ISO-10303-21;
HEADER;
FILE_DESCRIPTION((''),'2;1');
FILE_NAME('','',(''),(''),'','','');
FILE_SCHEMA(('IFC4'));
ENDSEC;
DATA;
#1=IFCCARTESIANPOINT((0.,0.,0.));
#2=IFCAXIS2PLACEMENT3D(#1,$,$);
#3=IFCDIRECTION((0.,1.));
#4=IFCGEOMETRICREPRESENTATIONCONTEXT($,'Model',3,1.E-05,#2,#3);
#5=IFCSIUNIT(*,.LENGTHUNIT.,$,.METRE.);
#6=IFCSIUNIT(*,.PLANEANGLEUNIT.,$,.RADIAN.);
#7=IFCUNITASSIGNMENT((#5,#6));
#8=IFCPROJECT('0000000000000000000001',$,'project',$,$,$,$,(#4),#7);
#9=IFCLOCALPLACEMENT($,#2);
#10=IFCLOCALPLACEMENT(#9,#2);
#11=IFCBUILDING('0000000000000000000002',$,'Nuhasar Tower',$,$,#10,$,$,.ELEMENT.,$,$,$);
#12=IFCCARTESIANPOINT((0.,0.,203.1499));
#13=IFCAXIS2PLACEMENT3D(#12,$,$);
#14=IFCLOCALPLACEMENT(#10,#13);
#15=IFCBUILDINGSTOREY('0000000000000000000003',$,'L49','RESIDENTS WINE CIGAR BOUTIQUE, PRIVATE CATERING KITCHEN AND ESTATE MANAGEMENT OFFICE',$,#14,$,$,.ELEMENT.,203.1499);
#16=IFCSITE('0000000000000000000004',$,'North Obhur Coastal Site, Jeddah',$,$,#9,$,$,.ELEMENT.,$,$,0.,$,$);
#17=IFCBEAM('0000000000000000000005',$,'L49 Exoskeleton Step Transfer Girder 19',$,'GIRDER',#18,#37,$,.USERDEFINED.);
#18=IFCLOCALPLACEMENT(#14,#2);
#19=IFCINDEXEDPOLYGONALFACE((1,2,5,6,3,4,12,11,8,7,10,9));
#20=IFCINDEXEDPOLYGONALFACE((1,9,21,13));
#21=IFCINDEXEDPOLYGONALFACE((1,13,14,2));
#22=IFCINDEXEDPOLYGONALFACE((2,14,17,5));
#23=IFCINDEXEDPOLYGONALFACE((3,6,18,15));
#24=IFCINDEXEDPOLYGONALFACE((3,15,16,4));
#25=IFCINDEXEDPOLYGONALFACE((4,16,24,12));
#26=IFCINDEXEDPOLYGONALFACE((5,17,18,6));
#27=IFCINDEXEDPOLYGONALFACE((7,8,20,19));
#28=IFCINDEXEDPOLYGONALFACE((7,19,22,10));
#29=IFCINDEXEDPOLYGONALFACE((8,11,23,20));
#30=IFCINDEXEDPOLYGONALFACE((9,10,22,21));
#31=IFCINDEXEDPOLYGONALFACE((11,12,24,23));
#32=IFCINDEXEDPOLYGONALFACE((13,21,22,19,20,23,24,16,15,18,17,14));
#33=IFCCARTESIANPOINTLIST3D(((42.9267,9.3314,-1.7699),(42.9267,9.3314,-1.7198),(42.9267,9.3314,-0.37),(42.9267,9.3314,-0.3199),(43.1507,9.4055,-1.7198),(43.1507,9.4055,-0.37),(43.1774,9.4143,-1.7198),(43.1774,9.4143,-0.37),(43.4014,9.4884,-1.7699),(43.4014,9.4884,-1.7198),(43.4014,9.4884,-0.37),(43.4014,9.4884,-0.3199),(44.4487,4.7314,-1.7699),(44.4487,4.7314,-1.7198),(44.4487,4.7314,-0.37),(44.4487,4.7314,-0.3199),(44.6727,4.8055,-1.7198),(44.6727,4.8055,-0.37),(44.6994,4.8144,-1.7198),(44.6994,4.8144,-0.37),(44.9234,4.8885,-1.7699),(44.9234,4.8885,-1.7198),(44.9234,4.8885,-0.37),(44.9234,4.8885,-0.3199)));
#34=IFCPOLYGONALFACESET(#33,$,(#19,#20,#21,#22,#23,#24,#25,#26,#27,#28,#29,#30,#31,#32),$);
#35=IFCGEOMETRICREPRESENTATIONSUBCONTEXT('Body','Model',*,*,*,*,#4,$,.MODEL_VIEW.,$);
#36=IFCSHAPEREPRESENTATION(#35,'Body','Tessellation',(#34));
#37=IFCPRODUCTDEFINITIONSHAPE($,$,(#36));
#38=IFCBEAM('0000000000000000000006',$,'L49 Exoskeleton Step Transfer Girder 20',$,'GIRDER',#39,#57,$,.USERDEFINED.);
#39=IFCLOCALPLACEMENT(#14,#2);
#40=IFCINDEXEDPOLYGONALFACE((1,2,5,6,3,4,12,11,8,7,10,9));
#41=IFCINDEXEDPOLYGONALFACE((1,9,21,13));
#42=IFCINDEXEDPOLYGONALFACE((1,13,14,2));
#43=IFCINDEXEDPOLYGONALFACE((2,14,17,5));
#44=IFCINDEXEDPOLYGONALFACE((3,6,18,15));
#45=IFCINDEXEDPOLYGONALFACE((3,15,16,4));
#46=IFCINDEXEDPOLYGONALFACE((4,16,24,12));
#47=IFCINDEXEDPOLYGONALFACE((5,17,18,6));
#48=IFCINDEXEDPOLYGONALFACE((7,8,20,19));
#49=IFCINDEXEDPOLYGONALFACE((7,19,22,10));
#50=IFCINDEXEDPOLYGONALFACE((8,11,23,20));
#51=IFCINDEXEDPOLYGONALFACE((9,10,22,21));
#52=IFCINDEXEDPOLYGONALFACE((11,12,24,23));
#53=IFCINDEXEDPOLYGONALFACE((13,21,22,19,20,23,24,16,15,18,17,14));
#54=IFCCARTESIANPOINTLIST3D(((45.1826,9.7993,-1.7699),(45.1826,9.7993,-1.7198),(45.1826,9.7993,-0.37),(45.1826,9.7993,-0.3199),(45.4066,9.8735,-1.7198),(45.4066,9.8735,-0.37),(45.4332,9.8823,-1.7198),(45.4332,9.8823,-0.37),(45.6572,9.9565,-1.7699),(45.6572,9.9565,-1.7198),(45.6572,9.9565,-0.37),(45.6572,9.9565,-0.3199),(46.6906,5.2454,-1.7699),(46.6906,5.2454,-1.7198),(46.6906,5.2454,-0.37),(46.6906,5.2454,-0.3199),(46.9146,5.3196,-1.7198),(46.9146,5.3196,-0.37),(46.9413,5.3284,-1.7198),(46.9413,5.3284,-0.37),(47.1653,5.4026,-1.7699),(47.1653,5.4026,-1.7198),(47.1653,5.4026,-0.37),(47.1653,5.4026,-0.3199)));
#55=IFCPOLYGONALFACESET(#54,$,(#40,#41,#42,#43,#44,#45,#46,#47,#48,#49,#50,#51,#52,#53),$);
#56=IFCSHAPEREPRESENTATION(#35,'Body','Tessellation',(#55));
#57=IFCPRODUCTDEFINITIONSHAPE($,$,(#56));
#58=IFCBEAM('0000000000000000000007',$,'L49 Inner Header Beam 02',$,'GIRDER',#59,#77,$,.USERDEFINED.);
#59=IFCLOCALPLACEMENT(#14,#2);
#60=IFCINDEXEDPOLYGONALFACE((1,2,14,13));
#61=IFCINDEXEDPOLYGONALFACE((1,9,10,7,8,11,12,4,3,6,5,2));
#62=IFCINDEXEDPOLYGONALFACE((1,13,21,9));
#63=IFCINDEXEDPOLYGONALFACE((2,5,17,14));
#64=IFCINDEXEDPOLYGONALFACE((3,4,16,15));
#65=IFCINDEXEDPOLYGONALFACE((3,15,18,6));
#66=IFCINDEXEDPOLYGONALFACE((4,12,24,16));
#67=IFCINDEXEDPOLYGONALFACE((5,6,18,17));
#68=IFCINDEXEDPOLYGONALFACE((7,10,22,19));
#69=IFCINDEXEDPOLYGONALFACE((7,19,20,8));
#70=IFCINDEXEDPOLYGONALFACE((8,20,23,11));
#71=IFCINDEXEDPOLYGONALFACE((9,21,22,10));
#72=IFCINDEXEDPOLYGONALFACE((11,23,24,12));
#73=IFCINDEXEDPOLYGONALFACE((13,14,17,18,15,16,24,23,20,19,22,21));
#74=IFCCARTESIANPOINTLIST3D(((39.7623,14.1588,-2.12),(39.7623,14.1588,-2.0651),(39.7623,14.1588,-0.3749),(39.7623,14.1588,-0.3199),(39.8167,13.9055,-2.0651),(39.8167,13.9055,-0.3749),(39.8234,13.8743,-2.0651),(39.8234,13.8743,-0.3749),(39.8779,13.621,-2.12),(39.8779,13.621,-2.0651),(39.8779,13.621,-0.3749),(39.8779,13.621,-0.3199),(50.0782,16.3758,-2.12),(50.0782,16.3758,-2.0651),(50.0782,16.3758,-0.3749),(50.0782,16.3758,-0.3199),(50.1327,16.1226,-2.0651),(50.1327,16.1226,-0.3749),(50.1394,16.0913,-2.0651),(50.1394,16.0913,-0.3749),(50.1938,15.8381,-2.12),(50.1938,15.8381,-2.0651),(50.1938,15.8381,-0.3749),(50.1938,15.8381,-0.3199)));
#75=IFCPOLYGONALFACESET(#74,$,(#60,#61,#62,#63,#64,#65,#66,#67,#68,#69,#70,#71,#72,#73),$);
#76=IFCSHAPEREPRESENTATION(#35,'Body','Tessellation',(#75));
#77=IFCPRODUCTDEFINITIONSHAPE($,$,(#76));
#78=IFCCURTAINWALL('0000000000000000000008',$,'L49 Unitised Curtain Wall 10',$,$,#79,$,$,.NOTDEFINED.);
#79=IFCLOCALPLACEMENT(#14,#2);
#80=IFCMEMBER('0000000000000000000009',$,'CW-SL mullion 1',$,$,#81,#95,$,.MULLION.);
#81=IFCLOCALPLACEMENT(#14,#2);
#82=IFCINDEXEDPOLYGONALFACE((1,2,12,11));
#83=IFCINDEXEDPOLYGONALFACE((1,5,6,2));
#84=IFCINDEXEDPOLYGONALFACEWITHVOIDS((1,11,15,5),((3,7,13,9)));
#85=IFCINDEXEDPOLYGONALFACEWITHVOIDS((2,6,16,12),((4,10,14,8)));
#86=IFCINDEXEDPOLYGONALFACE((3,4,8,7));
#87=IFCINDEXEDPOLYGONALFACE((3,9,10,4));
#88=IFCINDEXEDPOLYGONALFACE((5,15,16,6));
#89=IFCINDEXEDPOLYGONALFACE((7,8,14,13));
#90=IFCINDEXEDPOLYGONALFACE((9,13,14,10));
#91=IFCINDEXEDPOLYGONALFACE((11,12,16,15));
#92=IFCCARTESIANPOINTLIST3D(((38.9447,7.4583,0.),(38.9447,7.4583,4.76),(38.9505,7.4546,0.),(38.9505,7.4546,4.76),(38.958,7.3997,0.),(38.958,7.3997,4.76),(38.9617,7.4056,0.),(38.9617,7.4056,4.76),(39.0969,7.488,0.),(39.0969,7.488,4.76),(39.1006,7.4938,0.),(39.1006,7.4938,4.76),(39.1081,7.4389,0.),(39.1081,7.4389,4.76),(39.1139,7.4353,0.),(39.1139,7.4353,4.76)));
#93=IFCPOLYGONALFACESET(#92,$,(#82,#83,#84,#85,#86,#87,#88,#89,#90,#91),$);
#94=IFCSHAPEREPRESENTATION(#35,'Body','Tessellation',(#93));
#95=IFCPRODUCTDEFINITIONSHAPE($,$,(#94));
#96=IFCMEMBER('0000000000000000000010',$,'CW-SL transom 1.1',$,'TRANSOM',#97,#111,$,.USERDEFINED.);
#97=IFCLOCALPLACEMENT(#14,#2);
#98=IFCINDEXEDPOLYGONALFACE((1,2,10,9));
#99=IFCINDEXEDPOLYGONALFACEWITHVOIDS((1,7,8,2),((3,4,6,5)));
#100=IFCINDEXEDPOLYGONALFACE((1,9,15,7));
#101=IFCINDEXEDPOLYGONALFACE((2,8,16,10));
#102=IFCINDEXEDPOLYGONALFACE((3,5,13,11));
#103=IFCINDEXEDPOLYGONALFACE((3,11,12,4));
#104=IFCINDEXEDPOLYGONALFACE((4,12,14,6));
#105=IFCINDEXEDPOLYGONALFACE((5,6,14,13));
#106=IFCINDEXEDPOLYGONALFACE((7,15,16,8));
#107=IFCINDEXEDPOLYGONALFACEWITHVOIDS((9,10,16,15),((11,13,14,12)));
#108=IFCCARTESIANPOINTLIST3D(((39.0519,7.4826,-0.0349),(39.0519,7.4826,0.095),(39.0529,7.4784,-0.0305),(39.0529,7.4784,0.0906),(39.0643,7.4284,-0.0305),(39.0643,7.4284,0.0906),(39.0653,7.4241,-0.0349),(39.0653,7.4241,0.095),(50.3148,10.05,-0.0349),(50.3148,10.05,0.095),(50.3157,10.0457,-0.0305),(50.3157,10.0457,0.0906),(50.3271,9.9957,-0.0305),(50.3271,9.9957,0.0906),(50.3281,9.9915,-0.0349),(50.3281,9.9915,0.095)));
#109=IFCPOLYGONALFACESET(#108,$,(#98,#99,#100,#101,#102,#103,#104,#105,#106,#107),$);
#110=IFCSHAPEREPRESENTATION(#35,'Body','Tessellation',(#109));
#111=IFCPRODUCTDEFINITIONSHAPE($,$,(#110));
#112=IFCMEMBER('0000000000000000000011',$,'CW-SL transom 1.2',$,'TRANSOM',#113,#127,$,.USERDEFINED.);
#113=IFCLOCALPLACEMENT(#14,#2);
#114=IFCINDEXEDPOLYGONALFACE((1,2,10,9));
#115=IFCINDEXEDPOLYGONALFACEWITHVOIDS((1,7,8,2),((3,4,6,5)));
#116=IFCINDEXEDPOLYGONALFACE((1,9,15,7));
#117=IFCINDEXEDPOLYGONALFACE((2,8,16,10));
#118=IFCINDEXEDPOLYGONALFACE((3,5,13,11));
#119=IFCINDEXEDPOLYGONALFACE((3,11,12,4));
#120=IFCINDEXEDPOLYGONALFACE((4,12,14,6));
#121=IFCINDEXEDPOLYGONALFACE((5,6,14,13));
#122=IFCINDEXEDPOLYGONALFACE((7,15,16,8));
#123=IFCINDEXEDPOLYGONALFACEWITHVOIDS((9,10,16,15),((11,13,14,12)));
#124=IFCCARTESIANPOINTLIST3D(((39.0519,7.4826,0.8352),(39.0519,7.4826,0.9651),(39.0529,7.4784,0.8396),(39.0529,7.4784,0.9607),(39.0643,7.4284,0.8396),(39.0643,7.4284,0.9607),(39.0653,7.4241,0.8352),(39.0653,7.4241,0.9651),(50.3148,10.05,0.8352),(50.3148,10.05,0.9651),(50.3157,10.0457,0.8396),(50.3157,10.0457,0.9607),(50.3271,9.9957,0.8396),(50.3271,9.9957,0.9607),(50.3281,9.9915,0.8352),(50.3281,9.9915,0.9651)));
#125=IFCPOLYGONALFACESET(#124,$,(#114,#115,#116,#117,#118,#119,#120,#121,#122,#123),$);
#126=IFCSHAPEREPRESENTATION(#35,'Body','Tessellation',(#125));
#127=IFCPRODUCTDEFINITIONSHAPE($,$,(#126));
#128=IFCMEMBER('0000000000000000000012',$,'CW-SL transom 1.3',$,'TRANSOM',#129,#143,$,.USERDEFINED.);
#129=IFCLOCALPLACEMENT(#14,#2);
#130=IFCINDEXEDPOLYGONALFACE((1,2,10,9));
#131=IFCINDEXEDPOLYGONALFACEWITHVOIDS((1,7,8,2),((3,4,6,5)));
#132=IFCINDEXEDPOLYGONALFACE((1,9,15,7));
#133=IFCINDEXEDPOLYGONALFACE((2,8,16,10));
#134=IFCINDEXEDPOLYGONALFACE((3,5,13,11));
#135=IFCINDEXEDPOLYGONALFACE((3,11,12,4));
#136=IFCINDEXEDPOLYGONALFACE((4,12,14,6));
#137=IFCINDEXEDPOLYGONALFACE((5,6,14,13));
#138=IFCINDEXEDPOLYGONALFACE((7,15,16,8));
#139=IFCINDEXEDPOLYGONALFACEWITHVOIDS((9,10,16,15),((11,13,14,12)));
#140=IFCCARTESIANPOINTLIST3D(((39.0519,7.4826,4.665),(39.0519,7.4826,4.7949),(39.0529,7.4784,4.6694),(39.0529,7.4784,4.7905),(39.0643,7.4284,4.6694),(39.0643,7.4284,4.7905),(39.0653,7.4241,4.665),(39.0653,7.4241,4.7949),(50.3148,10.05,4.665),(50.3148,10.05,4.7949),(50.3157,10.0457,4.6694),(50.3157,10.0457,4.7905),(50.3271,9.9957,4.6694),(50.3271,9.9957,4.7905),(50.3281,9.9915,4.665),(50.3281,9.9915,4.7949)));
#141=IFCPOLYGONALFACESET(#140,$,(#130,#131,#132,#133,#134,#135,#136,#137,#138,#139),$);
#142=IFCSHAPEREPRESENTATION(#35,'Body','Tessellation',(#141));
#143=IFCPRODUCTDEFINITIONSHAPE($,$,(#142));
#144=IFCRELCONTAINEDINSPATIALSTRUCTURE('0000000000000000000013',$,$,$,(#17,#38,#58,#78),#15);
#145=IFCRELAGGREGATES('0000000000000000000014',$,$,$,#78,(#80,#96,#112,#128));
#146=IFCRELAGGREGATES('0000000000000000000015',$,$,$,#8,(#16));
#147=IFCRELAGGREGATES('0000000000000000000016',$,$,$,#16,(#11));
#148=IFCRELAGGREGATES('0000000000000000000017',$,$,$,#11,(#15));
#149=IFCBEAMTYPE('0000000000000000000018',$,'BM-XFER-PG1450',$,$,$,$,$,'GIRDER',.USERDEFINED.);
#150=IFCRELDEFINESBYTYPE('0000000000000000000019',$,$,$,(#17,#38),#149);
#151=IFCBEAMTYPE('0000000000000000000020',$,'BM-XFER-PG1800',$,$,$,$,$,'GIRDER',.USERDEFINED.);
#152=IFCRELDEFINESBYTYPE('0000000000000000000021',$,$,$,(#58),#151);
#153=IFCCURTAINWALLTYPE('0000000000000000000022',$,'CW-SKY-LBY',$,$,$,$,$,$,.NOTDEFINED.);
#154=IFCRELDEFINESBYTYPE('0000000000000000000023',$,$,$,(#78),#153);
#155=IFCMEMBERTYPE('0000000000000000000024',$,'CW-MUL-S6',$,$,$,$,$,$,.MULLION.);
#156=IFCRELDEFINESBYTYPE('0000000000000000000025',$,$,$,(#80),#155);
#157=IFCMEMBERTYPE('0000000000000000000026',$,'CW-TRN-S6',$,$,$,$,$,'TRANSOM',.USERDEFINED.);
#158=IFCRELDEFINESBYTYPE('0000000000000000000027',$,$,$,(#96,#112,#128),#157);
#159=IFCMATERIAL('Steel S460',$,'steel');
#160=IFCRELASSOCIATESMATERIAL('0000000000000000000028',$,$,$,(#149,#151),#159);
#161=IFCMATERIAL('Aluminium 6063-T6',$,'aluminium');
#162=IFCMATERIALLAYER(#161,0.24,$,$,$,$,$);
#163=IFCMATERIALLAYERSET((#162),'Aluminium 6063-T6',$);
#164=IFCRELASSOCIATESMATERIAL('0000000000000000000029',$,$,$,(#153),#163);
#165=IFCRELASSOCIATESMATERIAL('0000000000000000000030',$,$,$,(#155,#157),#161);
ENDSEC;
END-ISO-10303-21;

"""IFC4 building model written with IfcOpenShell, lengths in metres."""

from ifc_helpers import new_model, si_unit, direction, frame, origin, origin_2d, place, context, subcontext, project, spatial, hollow_rectangle, i_section, extrude, material, layer, layer_set, material_profile, profile_set, type_object, element, aggregate, save


model = new_model("IFC4")

# Units and contexts
model_context = context("Model", 3, precision=1e-05, world=origin(), true_north=direction((0.0, 1.0)))
body_context = subcontext(model_context, "Body", "Model", "MODEL_VIEW")
ifc_project = project(units=[si_unit("LENGTHUNIT", "METRE"), si_unit("PLANEANGLEUNIT", "RADIAN")], contexts=[model_context])

# Site, building, storey
site_placement = place(None, origin())
site = spatial("IfcSite", under=ifc_project, at=site_placement, Name="North Obhur Coastal Site, Jeddah", CompositionType="ELEMENT", RefElevation=0.0)
building_placement = place(site_placement, origin())
building = spatial("IfcBuilding", under=site, at=building_placement, Name="Nuhasar Tower", CompositionType="ELEMENT")
storey_placement = place(building_placement, frame((0.0, 0.0, 203.1499)))
storey = spatial("IfcBuildingStorey", under=building, at=storey_placement, Name="L49", Description="RESIDENTS WINE CIGAR BOUTIQUE, PRIVATE CATERING KITCHEN AND ESTATE MANAGEMENT OFFICE", CompositionType="ELEMENT", Elevation=203.1499)

# Beams
ifc_material_1 = material(Name="Steel S460", Category="steel")
ifc_material_profile_1 = material_profile(ifc_material_1, i_section(OverallWidth=0.5, OverallDepth=1.45, WebThickness=0.0281, FlangeThickness=0.05, at=origin_2d()), Name="PG1450X500")
ifc_profile_set_1 = profile_set([ifc_material_profile_1], Name="Steel S460")
beam_type_1 = type_object("IfcBeamType", Name="BM-XFER-PG1450", ElementType="GIRDER", PredefinedType="USERDEFINED", material=ifc_profile_set_1)
beam_1_placement = place(storey_placement, frame((43.1641, 9.4099, -1.0449), z_axis=(0.314126, -0.949381, 0.0), x_axis=(0.949381, 0.314126, 0.0)))
element("IfcBeam", 1, at=beam_1_placement, inside=storey, type_object=beam_type_1, Name="L49 Exoskeleton Step Transfer Girder 19", ObjectType="GIRDER", PredefinedType="USERDEFINED", context=body_context, shape_type="SweptSolid", body=[
    extrude(i_section(OverallWidth=0.5, OverallDepth=1.45, WebThickness=0.0281, FlangeThickness=0.05, at=origin_2d()), origin(), (0.0, 0.0, 1.0), 4.8452),
])
beam_2_placement = place(storey_placement, frame((45.4199, 9.8779, -1.0449), z_axis=(0.314364, -0.949302, 0.0), x_axis=(0.949302, 0.314364, 0.0)))
element("IfcBeam", 2, at=beam_2_placement, inside=storey, type_object=beam_type_1, Name="L49 Exoskeleton Step Transfer Girder 20", ObjectType="GIRDER", PredefinedType="USERDEFINED", context=body_context, shape_type="SweptSolid", body=[
    extrude(i_section(OverallWidth=0.5, OverallDepth=1.45, WebThickness=0.0281, FlangeThickness=0.05, at=origin_2d()), origin(), (0.0, 0.0, 1.0), 4.7971),
])
ifc_material_profile_2 = material_profile(ifc_material_1, i_section(OverallWidth=0.55, OverallDepth=1.8, WebThickness=0.032, FlangeThickness=0.0549, at=origin_2d()), Name="PG1800X550")
ifc_profile_set_2 = profile_set([ifc_material_profile_2], Name="Steel S460")
beam_type_2 = type_object("IfcBeamType", Name="BM-XFER-PG1800", ElementType="GIRDER", PredefinedType="USERDEFINED", material=ifc_profile_set_2)
beam_3_placement = place(storey_placement, frame((39.8201, 13.8899, -1.22), z_axis=(0.977676, 0.210117, 0.0), x_axis=(-0.210117, 0.977676, 0.0)))
element("IfcBeam", 3, at=beam_3_placement, inside=storey, type_object=beam_type_2, Name="L49 Inner Header Beam 02", ObjectType="GIRDER", PredefinedType="USERDEFINED", context=body_context, shape_type="SweptSolid", body=[
    extrude(i_section(OverallWidth=0.55, OverallDepth=1.8, WebThickness=0.032, FlangeThickness=0.0549, at=origin_2d()), origin(), (0.0, 0.0, 1.0), 10.5515),
])

# Curtain wall, members
ifc_material_2 = material(Name="Aluminium 6063-T6", Category="aluminium")
ifc_layer_1 = layer(ifc_material_2, 0.24)
ifc_layer_set_1 = layer_set([ifc_layer_1], Name="Aluminium 6063-T6")
curtain_wall_type = type_object("IfcCurtainWallType", Name="CW-SKY-LBY", PredefinedType="NOTDEFINED", material=ifc_layer_set_1)
curtain_wall_placement = place(storey_placement, origin())
curtain_wall = element("IfcCurtainWall", 4, at=curtain_wall_placement, inside=storey, type_object=curtain_wall_type, Name="L49 Unitised Curtain Wall 10", PredefinedType="NOTDEFINED")
ifc_material_profile_3 = material_profile(ifc_material_2, hollow_rectangle(XDim=0.0601, YDim=0.1599, WallThickness=0.0049, at=origin_2d()), Name="CWM-6")
ifc_profile_set_3 = profile_set([ifc_material_profile_3], Name="Aluminium 6063-T6")
member_type_1 = type_object("IfcMemberType", Name="CW-MUL-S6", PredefinedType="MULLION", material=ifc_profile_set_3)
member_1_placement = place(storey_placement, frame((39.0293, 7.4468, 0.0), z_axis=(0.0, 0.0, 1.0), x_axis=(-0.222243, 0.974991, 0.0)))
member_1 = element("IfcMember", 5, at=member_1_placement, type_object=member_type_1, Name="CW-SL mullion 1", PredefinedType="MULLION", context=body_context, shape_type="SweptSolid", body=[
    extrude(hollow_rectangle(XDim=0.0601, YDim=0.1599, WallThickness=0.0049, at=origin_2d()), origin(), (0.0, 0.0, 1.0), 4.76),
])
ifc_material_profile_4 = material_profile(ifc_material_2, hollow_rectangle(XDim=0.0601, YDim=0.1299, WallThickness=0.0044, at=origin_2d()), Name="CWT-6")
ifc_profile_set_4 = profile_set([ifc_material_profile_4], Name="Aluminium 6063-T6")
member_type_2 = type_object("IfcMemberType", Name="CW-TRN-S6", ElementType="TRANSOM", PredefinedType="USERDEFINED", material=ifc_profile_set_4)
member_2_placement = place(storey_placement, frame((39.0586, 7.4534, 0.03), z_axis=(0.97499, 0.222249, 0.0), x_axis=(-0.222249, 0.97499, 0.0)))
member_2 = element("IfcMember", 6, at=member_2_placement, type_object=member_type_2, Name="CW-SL transom 1.1", ObjectType="TRANSOM", PredefinedType="USERDEFINED", context=body_context, shape_type="SweptSolid", body=[
    extrude(hollow_rectangle(XDim=0.0601, YDim=0.1299, WallThickness=0.0044, at=origin_2d()), origin(), (0.0, 0.0, 1.0), 11.5518),
])
member_3_placement = place(storey_placement, frame((39.0586, 7.4534, 0.9001), z_axis=(0.97499, 0.222249, 0.0), x_axis=(-0.222249, 0.97499, 0.0)))
member_3 = element("IfcMember", 7, at=member_3_placement, type_object=member_type_2, Name="CW-SL transom 1.2", ObjectType="TRANSOM", PredefinedType="USERDEFINED", context=body_context, shape_type="SweptSolid", body=[
    extrude(hollow_rectangle(XDim=0.0601, YDim=0.1299, WallThickness=0.0044, at=origin_2d()), origin(), (0.0, 0.0, 1.0), 11.5518),
])
member_4_placement = place(storey_placement, frame((39.0586, 7.4534, 4.73), z_axis=(0.97499, 0.222249, 0.0), x_axis=(-0.222249, 0.97499, 0.0)))
member_4 = element("IfcMember", 8, at=member_4_placement, type_object=member_type_2, Name="CW-SL transom 1.3", ObjectType="TRANSOM", PredefinedType="USERDEFINED", context=body_context, shape_type="SweptSolid", body=[
    extrude(hollow_rectangle(XDim=0.0601, YDim=0.1299, WallThickness=0.0044, at=origin_2d()), origin(), (0.0, 0.0, 1.0), 11.5518),
])

aggregate(curtain_wall, [member_1, member_2, member_3, member_4])

save(model, "model.ifc")
